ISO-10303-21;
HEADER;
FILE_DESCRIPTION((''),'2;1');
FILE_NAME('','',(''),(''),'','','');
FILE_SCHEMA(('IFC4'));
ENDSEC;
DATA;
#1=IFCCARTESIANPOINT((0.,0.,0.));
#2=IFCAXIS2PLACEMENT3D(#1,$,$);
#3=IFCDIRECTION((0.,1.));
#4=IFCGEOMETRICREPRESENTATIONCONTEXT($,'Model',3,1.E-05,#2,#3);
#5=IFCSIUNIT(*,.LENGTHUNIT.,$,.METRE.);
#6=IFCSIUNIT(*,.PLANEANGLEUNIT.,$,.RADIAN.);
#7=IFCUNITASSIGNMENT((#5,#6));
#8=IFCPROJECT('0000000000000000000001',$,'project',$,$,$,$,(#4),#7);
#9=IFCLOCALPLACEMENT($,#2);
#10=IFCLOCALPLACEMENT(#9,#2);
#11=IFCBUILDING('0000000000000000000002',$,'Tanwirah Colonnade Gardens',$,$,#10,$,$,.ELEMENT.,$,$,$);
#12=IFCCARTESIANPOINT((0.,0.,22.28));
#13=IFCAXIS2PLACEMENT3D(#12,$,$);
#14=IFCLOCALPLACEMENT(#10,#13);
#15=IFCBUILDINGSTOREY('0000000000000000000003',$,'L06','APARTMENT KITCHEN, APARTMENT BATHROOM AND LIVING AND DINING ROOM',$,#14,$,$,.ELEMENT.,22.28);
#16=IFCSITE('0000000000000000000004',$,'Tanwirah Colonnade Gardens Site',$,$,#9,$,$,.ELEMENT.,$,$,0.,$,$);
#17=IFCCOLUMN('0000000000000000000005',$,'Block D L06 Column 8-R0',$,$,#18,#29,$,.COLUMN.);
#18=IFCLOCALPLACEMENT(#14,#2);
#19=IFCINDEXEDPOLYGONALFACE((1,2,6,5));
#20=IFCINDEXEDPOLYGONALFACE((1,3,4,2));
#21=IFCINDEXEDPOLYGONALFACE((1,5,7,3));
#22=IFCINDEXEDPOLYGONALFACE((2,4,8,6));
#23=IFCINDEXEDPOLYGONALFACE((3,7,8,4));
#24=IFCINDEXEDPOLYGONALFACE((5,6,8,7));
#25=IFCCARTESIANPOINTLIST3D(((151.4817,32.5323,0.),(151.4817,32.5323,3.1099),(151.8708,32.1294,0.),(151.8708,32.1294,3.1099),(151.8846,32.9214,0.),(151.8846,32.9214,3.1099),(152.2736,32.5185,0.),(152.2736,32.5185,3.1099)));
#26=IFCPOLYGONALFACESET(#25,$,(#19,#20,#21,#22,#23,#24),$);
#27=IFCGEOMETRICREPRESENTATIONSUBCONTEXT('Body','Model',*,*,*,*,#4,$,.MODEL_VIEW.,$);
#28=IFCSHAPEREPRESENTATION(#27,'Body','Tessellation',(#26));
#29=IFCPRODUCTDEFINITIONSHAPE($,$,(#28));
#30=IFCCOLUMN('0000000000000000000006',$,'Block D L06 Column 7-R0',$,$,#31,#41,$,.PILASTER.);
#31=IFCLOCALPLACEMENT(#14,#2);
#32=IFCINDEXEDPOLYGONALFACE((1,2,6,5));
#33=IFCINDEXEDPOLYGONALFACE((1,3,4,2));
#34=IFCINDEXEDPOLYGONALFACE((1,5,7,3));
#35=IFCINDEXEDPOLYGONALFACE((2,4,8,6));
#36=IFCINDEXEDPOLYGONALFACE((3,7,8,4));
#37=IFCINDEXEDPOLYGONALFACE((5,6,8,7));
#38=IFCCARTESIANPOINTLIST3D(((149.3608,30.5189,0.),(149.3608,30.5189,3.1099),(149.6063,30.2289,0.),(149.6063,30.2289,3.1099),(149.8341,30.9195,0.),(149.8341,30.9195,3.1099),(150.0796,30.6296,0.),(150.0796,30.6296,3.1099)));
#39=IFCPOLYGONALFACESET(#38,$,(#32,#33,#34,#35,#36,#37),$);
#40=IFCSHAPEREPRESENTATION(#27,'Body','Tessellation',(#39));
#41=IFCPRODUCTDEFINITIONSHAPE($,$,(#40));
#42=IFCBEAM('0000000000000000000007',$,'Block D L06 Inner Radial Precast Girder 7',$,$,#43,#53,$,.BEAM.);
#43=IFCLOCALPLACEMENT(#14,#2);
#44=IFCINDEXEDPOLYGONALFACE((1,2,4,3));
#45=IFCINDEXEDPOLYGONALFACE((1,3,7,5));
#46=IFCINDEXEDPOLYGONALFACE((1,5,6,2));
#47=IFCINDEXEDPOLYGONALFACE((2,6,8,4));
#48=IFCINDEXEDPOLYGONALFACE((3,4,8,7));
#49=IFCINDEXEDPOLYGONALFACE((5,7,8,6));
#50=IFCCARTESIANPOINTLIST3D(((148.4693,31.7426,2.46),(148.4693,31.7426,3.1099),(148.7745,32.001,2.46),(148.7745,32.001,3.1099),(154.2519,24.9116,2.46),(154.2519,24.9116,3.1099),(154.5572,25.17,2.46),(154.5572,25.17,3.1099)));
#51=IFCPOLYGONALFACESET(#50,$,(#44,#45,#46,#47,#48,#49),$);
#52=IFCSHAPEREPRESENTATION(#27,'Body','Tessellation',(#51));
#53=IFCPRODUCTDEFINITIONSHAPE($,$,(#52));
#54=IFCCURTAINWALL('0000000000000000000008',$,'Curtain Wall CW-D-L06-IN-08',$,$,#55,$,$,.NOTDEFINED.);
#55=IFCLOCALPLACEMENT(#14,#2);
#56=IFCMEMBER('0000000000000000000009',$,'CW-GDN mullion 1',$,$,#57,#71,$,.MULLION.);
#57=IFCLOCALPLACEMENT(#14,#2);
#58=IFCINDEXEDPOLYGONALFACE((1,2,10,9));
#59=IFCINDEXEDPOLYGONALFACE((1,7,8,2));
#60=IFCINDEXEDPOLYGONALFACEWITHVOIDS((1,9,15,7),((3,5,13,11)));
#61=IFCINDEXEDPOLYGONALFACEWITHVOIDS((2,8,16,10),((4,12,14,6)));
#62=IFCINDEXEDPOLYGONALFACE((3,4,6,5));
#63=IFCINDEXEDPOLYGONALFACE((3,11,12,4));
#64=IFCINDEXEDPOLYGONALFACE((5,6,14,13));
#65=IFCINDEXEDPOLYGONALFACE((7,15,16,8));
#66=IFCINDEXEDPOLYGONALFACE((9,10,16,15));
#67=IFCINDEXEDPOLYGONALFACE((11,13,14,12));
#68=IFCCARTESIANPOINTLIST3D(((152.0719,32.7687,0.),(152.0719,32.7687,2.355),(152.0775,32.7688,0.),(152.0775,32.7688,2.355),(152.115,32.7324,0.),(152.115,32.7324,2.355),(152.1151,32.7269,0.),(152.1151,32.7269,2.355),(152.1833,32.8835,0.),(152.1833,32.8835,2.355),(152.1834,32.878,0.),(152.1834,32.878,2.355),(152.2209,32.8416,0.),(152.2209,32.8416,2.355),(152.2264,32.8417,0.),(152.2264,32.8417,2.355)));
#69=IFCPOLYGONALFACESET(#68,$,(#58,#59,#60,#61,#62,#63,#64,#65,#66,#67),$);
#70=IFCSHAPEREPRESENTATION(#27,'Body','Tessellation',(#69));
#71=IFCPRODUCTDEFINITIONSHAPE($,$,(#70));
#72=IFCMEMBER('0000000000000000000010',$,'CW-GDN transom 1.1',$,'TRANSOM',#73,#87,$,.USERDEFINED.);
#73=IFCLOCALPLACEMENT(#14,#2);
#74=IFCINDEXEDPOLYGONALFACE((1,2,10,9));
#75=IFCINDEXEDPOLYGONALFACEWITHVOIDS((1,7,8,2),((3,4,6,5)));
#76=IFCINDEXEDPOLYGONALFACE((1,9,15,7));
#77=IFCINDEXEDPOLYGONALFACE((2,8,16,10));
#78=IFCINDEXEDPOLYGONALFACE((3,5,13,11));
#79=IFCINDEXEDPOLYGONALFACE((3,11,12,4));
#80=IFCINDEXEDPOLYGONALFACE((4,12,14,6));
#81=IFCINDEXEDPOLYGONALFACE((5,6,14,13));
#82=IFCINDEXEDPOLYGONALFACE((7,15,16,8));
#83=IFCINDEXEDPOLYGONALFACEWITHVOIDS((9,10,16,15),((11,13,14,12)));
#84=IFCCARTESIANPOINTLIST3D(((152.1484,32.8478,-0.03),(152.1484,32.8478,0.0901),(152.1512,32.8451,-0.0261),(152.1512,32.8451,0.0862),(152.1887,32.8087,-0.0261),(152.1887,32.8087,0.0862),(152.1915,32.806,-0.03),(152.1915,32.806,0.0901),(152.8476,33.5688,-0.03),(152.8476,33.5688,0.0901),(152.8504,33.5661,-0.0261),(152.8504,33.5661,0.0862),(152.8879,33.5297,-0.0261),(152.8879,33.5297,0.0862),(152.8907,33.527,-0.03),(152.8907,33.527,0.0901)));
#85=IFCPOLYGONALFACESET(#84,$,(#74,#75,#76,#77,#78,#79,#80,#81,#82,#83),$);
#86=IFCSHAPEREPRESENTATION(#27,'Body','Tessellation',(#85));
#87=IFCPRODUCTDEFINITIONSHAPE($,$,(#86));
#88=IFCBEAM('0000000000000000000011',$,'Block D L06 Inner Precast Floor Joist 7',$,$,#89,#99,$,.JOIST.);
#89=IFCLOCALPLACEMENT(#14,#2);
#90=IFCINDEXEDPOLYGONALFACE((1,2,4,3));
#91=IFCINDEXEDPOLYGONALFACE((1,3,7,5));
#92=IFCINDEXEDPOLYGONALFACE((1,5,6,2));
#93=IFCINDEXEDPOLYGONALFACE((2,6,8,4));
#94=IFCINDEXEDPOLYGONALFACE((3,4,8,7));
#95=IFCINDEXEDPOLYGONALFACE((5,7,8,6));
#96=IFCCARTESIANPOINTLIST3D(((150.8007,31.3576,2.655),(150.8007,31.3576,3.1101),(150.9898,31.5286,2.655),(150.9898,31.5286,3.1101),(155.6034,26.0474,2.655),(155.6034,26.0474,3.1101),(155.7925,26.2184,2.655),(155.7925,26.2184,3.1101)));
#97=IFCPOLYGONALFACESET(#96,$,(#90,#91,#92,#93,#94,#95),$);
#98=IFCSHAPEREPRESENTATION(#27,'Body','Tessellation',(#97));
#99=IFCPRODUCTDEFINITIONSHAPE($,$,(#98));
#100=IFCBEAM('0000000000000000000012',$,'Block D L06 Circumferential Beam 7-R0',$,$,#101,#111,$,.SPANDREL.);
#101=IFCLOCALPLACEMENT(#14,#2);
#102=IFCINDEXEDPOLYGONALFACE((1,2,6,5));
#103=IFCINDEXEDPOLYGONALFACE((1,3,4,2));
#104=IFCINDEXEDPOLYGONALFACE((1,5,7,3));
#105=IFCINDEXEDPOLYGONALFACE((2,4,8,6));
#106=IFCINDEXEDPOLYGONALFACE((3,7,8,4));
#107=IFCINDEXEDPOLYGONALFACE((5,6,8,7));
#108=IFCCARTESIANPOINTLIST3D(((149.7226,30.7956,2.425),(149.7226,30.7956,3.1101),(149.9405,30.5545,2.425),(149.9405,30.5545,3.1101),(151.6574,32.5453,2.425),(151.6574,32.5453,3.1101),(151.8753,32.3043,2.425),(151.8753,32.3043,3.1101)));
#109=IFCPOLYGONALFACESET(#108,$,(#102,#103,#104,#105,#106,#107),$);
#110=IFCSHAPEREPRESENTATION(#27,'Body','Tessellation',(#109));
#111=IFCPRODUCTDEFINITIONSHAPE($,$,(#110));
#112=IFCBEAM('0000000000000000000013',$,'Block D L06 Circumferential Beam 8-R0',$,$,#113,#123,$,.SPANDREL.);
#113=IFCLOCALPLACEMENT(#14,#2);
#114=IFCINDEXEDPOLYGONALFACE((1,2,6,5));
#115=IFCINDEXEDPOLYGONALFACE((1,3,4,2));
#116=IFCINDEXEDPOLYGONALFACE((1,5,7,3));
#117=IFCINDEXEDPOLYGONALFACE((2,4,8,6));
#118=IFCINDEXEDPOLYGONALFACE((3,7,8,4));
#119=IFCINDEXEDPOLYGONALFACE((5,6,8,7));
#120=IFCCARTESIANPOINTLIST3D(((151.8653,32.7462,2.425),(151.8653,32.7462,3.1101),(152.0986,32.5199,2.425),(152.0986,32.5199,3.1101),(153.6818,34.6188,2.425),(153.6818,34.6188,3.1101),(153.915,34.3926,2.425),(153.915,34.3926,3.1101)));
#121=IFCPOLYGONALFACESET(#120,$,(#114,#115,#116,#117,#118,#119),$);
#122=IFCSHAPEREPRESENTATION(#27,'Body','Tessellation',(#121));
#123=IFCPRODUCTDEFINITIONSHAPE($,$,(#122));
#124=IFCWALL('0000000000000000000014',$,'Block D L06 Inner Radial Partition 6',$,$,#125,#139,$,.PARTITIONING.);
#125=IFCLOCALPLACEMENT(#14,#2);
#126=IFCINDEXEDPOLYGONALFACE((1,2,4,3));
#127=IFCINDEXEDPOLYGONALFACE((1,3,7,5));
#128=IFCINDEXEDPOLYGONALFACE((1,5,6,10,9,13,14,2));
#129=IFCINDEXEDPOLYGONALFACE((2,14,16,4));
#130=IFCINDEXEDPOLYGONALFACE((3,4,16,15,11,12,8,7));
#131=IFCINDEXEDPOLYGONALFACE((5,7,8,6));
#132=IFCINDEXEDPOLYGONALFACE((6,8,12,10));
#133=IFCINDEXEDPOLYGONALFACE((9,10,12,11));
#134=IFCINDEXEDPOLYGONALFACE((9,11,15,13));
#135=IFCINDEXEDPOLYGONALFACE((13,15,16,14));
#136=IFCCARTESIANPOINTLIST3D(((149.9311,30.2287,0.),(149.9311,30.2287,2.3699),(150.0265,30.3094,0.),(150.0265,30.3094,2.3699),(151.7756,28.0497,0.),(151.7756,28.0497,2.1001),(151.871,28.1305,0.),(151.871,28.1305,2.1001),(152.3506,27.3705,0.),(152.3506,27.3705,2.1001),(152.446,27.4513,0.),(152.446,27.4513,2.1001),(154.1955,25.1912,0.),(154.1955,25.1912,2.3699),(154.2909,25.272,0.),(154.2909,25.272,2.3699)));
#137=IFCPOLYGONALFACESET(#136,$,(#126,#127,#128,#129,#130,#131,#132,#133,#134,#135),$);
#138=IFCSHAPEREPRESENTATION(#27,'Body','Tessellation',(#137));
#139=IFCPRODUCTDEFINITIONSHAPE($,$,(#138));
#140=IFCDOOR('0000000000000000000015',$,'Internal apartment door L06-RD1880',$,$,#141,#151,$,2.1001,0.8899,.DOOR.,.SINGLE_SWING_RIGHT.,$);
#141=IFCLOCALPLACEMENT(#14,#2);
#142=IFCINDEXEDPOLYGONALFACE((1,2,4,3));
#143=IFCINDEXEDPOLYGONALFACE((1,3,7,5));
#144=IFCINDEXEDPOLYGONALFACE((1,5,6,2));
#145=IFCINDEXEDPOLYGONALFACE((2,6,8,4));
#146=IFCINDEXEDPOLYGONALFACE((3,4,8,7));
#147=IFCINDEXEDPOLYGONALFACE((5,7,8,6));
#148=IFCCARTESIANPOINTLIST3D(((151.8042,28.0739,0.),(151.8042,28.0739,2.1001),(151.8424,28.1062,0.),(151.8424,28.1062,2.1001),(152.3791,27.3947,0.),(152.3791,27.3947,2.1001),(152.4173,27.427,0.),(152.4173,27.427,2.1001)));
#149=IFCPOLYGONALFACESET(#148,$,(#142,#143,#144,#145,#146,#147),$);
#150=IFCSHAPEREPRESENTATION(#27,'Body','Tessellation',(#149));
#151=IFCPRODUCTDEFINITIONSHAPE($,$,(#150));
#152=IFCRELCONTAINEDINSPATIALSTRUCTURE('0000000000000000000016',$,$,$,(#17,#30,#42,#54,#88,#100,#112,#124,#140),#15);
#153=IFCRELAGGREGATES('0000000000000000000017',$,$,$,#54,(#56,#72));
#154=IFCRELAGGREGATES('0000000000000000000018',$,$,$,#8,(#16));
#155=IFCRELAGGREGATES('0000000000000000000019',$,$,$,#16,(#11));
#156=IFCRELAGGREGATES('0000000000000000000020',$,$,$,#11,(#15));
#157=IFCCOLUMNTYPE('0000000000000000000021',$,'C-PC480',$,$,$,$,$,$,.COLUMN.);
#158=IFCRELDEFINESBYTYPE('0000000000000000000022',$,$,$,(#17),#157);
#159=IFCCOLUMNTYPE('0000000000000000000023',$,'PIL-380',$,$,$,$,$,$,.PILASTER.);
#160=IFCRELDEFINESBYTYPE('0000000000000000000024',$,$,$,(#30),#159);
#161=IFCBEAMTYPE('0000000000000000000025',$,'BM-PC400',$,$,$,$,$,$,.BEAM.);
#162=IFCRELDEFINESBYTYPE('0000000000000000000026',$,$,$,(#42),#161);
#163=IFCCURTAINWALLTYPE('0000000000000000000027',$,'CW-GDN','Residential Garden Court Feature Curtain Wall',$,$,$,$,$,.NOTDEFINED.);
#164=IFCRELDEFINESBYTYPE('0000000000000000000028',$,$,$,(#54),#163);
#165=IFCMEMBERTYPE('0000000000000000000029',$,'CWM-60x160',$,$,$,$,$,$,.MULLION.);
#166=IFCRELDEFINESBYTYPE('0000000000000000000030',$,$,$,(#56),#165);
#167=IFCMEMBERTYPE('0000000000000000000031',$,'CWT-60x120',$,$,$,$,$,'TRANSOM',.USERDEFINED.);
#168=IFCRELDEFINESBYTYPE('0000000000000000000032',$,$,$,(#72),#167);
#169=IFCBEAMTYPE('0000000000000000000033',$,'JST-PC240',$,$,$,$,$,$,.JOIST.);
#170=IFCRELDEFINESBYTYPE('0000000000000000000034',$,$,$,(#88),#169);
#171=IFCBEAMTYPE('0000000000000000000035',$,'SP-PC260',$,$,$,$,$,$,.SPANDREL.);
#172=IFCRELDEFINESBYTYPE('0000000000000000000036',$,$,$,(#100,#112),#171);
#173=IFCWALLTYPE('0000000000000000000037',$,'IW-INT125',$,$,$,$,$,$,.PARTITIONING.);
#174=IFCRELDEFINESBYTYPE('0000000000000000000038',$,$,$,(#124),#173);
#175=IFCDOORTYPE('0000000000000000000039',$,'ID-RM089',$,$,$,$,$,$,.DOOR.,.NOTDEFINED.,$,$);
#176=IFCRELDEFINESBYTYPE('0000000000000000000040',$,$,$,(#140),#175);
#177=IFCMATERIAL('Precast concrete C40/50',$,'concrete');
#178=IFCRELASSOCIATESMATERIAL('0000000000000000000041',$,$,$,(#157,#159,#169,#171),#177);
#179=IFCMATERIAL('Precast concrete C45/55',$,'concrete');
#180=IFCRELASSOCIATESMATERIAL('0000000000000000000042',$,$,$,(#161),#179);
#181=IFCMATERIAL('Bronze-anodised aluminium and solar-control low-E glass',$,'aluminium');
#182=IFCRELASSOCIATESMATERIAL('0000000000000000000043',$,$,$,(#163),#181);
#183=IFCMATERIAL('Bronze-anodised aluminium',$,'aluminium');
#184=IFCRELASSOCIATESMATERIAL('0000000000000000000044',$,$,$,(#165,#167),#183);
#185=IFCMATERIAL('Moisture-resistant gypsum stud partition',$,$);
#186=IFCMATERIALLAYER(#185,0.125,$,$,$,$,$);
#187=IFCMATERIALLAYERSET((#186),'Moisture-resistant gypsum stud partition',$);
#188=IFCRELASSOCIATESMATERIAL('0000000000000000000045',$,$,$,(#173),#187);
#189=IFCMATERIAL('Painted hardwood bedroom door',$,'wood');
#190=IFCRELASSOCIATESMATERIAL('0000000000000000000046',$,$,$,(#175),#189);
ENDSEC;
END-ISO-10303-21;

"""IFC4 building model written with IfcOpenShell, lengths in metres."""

from ifc_helpers import new_model, si_unit, direction, frame, frame_2d, origin, origin_2d, place, context, subcontext, project, spatial, rectangle, hollow_rectangle, extrude, material, layer, layer_set, material_profile, profile_set, type_object, element, fill, aggregate, save


model = new_model("IFC4")

# Units and contexts
model_context = context("Model", 3, precision=1e-05, world=origin(), true_north=direction((0.0, 1.0)))
body_context = subcontext(model_context, "Body", "Model", "MODEL_VIEW")
ifc_project = project(units=[si_unit("LENGTHUNIT", "METRE"), si_unit("PLANEANGLEUNIT", "RADIAN")], contexts=[model_context])

# Site, building, storey
site_placement = place(None, origin())
site = spatial("IfcSite", under=ifc_project, at=site_placement, Name="Tanwirah Colonnade Gardens Site", CompositionType="ELEMENT", RefElevation=0.0)
building_placement = place(site_placement, origin())
building = spatial("IfcBuilding", under=site, at=building_placement, Name="Tanwirah Colonnade Gardens", CompositionType="ELEMENT")
storey_placement = place(building_placement, frame((0.0, 0.0, 22.28)))
storey = spatial("IfcBuildingStorey", under=building, at=storey_placement, Name="L06", Description="APARTMENT KITCHEN, APARTMENT BATHROOM AND LIVING AND DINING ROOM", CompositionType="ELEMENT", Elevation=22.28)

# Columns
ifc_material_1 = material(Name="Precast concrete C40/50", Category="concrete")
ifc_material_profile_1 = material_profile(ifc_material_1, rectangle(XDim=0.5601, YDim=0.5601, at=origin_2d()), Name="PC-COL 560x560")
ifc_profile_set_1 = profile_set([ifc_material_profile_1], Name="Precast concrete C40/50")
column_type_1 = type_object("IfcColumnType", Name="C-PC480", PredefinedType="COLUMN", material=ifc_profile_set_1)
column_1_placement = place(storey_placement, frame((151.8777, 32.5254, 0.0), z_axis=(0.0, 0.0, 1.0), x_axis=(0.694658, -0.71934, 0.0)))
element("IfcColumn", 1, at=column_1_placement, inside=storey, type_object=column_type_1, Name="Block D L06 Column 8-R0", PredefinedType="COLUMN", context=body_context, shape_type="SweptSolid", body=[
    extrude(rectangle(XDim=0.5601, YDim=0.5601, at=origin_2d()), origin(), (0.0, 0.0, 1.0), 3.1099),
])
ifc_material_profile_2 = material_profile(ifc_material_1, rectangle(XDim=0.3799, YDim=0.6201, at=origin_2d()), Name="PC-PIL 380x620")
ifc_profile_set_2 = profile_set([ifc_material_profile_2], Name="Precast concrete C40/50")
column_type_2 = type_object("IfcColumnType", Name="PIL-380", PredefinedType="PILASTER", material=ifc_profile_set_2)
column_2_placement = place(storey_placement, frame((149.7202, 30.5742, 0.0), z_axis=(0.0, 0.0, 1.0), x_axis=(0.646124, -0.763232, 0.0)))
element("IfcColumn", 2, at=column_2_placement, inside=storey, type_object=column_type_2, Name="Block D L06 Column 7-R0", PredefinedType="PILASTER", context=body_context, shape_type="SweptSolid", body=[
    extrude(rectangle(XDim=0.3799, YDim=0.6201, at=origin_2d()), origin(), (0.0, 0.0, 1.0), 3.1099),
])

# Beam
ifc_material_2 = material(Name="Precast concrete C45/55", Category="concrete")
ifc_material_profile_3 = material_profile(ifc_material_2, rectangle(XDim=0.3999, YDim=0.6499, at=origin_2d()), Name="PC-BM 400x650")
ifc_profile_set_3 = profile_set([ifc_material_profile_3], Name="Precast concrete C45/55")
beam_type_1 = type_object("IfcBeamType", Name="BM-PC400", PredefinedType="BEAM", material=ifc_profile_set_3)
beam_1_placement = place(storey_placement, frame((154.4045, 25.0408, 2.7849), z_axis=(-0.646111, 0.763243, 0.0), x_axis=(-0.763243, -0.646111, 0.0)))
element("IfcBeam", 3, at=beam_1_placement, inside=storey, type_object=beam_type_1, Name="Block D L06 Inner Radial Precast Girder 7", PredefinedType="BEAM", context=body_context, shape_type="SweptSolid", body=[
    extrude(rectangle(XDim=0.3999, YDim=0.6499, at=origin_2d()), origin(), (0.0, 0.0, 1.0), 8.95),
])

# Curtain wall, members
ifc_material_3 = material(Name="Bronze-anodised aluminium and solar-control low-E glass", Category="aluminium")
curtain_wall_type = type_object("IfcCurtainWallType", Name="CW-GDN", Description="Residential Garden Court Feature Curtain Wall", PredefinedType="NOTDEFINED", material=ifc_material_3)
curtain_wall_placement = place(storey_placement, origin())
curtain_wall = element("IfcCurtainWall", 4, at=curtain_wall_placement, inside=storey, type_object=curtain_wall_type, Name="Curtain Wall CW-D-L06-IN-08", PredefinedType="NOTDEFINED")
ifc_material_4 = material(Name="Bronze-anodised aluminium", Category="aluminium")
ifc_material_profile_4 = material_profile(ifc_material_4, hollow_rectangle(XDim=0.0601, YDim=0.1599, WallThickness=0.0039, at=origin_2d()), Name="CW-MUL 60x160x4")
ifc_profile_set_4 = profile_set([ifc_material_profile_4], Name="Bronze-anodised aluminium")
member_type_1 = type_object("IfcMemberType", Name="CWM-60x160", PredefinedType="MULLION", material=ifc_profile_set_4)
member_1_placement = place(storey_placement, frame((152.1492, 32.8052, 0.0), z_axis=(0.0, 0.0, 1.0), x_axis=(-0.717825, 0.696223, 0.0)))
member_1 = element("IfcMember", 5, at=member_1_placement, type_object=member_type_1, Name="CW-GDN mullion 1", PredefinedType="MULLION", context=body_context, shape_type="SweptSolid", body=[
    extrude(hollow_rectangle(XDim=0.0601, YDim=0.1599, WallThickness=0.0039, at=origin_2d()), origin(), (0.0, 0.0, 1.0), 2.355),
])
ifc_material_profile_5 = material_profile(ifc_material_4, hollow_rectangle(XDim=0.0601, YDim=0.1201, WallThickness=0.0039, at=origin_2d()), Name="CW-TRN 60x120x4")
ifc_profile_set_5 = profile_set([ifc_material_profile_5], Name="Bronze-anodised aluminium")
member_type_2 = type_object("IfcMemberType", Name="CWT-60x120", ElementType="TRANSOM", PredefinedType="USERDEFINED", material=ifc_profile_set_5)
member_2_placement = place(storey_placement, frame((152.1699, 32.8269, 0.03), z_axis=(0.696207, 0.717841, 0.0), x_axis=(-0.717841, 0.696207, 0.0)))
member_2 = element("IfcMember", 6, at=member_2_placement, type_object=member_type_2, Name="CW-GDN transom 1.1", ObjectType="TRANSOM", PredefinedType="USERDEFINED", context=body_context, shape_type="SweptSolid", body=[
    extrude(hollow_rectangle(XDim=0.0601, YDim=0.1201, WallThickness=0.0039, at=origin_2d()), origin(), (0.0, 0.0, 1.0), 1.0044),
])
aggregate(curtain_wall, [member_1, member_2])

# Beams
ifc_material_profile_6 = material_profile(ifc_material_1, rectangle(XDim=0.2549, YDim=0.4551, at=origin_2d()), Name="PC-JST 255x455")
ifc_profile_set_6 = profile_set([ifc_material_profile_6], Name="Precast concrete C40/50")
beam_type_2 = type_object("IfcBeamType", Name="JST-PC240", PredefinedType="JOIST", material=ifc_profile_set_6)
beam_2_placement = place(storey_placement, frame((150.8953, 31.4431, 2.8826), z_axis=(0.670773, -0.741663, 0.0), x_axis=(0.741663, 0.670773, 0.0)))
element("IfcBeam", 7, at=beam_2_placement, inside=storey, type_object=beam_type_2, Name="Block D L06 Inner Precast Floor Joist 7", PredefinedType="JOIST", context=body_context, shape_type="SweptSolid", body=[
    extrude(rectangle(XDim=0.2549, YDim=0.4551, at=origin_2d()), origin(), (0.0, 0.0, 1.0), 7.1599),
])
ifc_material_profile_7 = material_profile(ifc_material_1, rectangle(XDim=0.325, YDim=0.6851, at=origin_2d()), Name="PC-SP 325x685")
ifc_profile_set_7 = profile_set([ifc_material_profile_7], Name="Precast concrete C40/50")
beam_type_3 = type_object("IfcBeamType", Name="SP-PC260", PredefinedType="SPANDREL", material=ifc_profile_set_7)
beam_3_placement = place(storey_placement, frame((149.8315, 30.675, 2.7676), z_axis=(0.741687, 0.670747, 0.0), x_axis=(-0.670747, 0.741687, 0.0)))
element("IfcBeam", 8, at=beam_3_placement, inside=storey, type_object=beam_type_3, Name="Block D L06 Circumferential Beam 7-R0", PredefinedType="SPANDREL", context=body_context, shape_type="SweptSolid", body=[
    extrude(rectangle(XDim=0.325, YDim=0.6851, at=origin_2d()), origin(), (0.0, 0.0, 1.0), 2.6086),
])
beam_4_placement = place(storey_placement, frame((151.9819, 32.6331, 2.7676), z_axis=(0.696263, 0.717787, 0.0), x_axis=(-0.717787, 0.696263, 0.0)))
element("IfcBeam", 9, at=beam_4_placement, inside=storey, type_object=beam_type_3, Name="Block D L06 Circumferential Beam 8-R0", PredefinedType="SPANDREL", context=body_context, shape_type="SweptSolid", body=[
    extrude(rectangle(XDim=0.325, YDim=0.6851, at=origin_2d()), origin(), (0.0, 0.0, 1.0), 2.6089),
])

# Wall, opening, door
ifc_material_5 = material(Name="Moisture-resistant gypsum stud partition")
ifc_layer_1 = layer(ifc_material_5, 0.125)
ifc_layer_set_1 = layer_set([ifc_layer_1], Name="Moisture-resistant gypsum stud partition")
wall_type_1 = type_object("IfcWallType", Name="IW-INT125", PredefinedType="PARTITIONING", material=ifc_layer_set_1)
wall_1_placement = place(storey_placement, frame((149.9788, 30.269, 0.0), z_axis=(0.0, 0.0, 1.0), x_axis=(0.646121, -0.763235, 0.0)))
wall_1 = element("IfcWall", 10, at=wall_1_placement, inside=storey, type_object=wall_type_1, Name="Block D L06 Inner Radial Partition 6", PredefinedType="PARTITIONING", context=body_context, shape_type="SweptSolid", body=[
    extrude(rectangle(XDim=6.6001, YDim=0.125, at=frame_2d((3.3, 0.0))), origin(), (0.0, 0.0, 1.0), 2.3699),
])
opening_1_placement = place(wall_1_placement, frame((2.855, 0.0, 0.0)))
opening_1 = element("IfcOpeningElement", 11, at=opening_1_placement, cuts=wall_1, PredefinedType="OPENING", context=body_context, shape_type="SweptSolid", body=[
    extrude(rectangle(XDim=0.8899, YDim=2.1001, at=frame_2d((0.4448, 1.05))), frame((0.0, 0.0725, 0.0), z_axis=(0.0, -1.0, 0.0), x_axis=(1.0, 0.0, 0.0)), (0.0, 0.0, 1.0), 0.145),
])
ifc_material_6 = material(Name="Painted hardwood bedroom door", Category="wood")
door_type_1 = type_object("IfcDoorType", Name="ID-RM089", OperationType="NOTDEFINED", PredefinedType="DOOR", material=ifc_material_6)
door_1_placement = place(opening_1_placement, origin())
door_1 = element("IfcDoor", 12, at=door_1_placement, inside=storey, type_object=door_type_1, Name="Internal apartment door L06-RD1880", OperationType="SINGLE_SWING_RIGHT", OverallHeight=2.1001, OverallWidth=0.8899, PredefinedType="DOOR", context=body_context, shape_type="SweptSolid", body=[
    extrude(rectangle(XDim=0.8899, YDim=2.1001, at=frame_2d((0.4448, 1.05))), frame((0.0, 0.0249, 0.0), z_axis=(0.0, -1.0, 0.0), x_axis=(1.0, 0.0, 0.0)), (0.0, 0.0, 1.0), 0.05),
])
fill(opening_1, door_1)

save(model, "model.ifc")
